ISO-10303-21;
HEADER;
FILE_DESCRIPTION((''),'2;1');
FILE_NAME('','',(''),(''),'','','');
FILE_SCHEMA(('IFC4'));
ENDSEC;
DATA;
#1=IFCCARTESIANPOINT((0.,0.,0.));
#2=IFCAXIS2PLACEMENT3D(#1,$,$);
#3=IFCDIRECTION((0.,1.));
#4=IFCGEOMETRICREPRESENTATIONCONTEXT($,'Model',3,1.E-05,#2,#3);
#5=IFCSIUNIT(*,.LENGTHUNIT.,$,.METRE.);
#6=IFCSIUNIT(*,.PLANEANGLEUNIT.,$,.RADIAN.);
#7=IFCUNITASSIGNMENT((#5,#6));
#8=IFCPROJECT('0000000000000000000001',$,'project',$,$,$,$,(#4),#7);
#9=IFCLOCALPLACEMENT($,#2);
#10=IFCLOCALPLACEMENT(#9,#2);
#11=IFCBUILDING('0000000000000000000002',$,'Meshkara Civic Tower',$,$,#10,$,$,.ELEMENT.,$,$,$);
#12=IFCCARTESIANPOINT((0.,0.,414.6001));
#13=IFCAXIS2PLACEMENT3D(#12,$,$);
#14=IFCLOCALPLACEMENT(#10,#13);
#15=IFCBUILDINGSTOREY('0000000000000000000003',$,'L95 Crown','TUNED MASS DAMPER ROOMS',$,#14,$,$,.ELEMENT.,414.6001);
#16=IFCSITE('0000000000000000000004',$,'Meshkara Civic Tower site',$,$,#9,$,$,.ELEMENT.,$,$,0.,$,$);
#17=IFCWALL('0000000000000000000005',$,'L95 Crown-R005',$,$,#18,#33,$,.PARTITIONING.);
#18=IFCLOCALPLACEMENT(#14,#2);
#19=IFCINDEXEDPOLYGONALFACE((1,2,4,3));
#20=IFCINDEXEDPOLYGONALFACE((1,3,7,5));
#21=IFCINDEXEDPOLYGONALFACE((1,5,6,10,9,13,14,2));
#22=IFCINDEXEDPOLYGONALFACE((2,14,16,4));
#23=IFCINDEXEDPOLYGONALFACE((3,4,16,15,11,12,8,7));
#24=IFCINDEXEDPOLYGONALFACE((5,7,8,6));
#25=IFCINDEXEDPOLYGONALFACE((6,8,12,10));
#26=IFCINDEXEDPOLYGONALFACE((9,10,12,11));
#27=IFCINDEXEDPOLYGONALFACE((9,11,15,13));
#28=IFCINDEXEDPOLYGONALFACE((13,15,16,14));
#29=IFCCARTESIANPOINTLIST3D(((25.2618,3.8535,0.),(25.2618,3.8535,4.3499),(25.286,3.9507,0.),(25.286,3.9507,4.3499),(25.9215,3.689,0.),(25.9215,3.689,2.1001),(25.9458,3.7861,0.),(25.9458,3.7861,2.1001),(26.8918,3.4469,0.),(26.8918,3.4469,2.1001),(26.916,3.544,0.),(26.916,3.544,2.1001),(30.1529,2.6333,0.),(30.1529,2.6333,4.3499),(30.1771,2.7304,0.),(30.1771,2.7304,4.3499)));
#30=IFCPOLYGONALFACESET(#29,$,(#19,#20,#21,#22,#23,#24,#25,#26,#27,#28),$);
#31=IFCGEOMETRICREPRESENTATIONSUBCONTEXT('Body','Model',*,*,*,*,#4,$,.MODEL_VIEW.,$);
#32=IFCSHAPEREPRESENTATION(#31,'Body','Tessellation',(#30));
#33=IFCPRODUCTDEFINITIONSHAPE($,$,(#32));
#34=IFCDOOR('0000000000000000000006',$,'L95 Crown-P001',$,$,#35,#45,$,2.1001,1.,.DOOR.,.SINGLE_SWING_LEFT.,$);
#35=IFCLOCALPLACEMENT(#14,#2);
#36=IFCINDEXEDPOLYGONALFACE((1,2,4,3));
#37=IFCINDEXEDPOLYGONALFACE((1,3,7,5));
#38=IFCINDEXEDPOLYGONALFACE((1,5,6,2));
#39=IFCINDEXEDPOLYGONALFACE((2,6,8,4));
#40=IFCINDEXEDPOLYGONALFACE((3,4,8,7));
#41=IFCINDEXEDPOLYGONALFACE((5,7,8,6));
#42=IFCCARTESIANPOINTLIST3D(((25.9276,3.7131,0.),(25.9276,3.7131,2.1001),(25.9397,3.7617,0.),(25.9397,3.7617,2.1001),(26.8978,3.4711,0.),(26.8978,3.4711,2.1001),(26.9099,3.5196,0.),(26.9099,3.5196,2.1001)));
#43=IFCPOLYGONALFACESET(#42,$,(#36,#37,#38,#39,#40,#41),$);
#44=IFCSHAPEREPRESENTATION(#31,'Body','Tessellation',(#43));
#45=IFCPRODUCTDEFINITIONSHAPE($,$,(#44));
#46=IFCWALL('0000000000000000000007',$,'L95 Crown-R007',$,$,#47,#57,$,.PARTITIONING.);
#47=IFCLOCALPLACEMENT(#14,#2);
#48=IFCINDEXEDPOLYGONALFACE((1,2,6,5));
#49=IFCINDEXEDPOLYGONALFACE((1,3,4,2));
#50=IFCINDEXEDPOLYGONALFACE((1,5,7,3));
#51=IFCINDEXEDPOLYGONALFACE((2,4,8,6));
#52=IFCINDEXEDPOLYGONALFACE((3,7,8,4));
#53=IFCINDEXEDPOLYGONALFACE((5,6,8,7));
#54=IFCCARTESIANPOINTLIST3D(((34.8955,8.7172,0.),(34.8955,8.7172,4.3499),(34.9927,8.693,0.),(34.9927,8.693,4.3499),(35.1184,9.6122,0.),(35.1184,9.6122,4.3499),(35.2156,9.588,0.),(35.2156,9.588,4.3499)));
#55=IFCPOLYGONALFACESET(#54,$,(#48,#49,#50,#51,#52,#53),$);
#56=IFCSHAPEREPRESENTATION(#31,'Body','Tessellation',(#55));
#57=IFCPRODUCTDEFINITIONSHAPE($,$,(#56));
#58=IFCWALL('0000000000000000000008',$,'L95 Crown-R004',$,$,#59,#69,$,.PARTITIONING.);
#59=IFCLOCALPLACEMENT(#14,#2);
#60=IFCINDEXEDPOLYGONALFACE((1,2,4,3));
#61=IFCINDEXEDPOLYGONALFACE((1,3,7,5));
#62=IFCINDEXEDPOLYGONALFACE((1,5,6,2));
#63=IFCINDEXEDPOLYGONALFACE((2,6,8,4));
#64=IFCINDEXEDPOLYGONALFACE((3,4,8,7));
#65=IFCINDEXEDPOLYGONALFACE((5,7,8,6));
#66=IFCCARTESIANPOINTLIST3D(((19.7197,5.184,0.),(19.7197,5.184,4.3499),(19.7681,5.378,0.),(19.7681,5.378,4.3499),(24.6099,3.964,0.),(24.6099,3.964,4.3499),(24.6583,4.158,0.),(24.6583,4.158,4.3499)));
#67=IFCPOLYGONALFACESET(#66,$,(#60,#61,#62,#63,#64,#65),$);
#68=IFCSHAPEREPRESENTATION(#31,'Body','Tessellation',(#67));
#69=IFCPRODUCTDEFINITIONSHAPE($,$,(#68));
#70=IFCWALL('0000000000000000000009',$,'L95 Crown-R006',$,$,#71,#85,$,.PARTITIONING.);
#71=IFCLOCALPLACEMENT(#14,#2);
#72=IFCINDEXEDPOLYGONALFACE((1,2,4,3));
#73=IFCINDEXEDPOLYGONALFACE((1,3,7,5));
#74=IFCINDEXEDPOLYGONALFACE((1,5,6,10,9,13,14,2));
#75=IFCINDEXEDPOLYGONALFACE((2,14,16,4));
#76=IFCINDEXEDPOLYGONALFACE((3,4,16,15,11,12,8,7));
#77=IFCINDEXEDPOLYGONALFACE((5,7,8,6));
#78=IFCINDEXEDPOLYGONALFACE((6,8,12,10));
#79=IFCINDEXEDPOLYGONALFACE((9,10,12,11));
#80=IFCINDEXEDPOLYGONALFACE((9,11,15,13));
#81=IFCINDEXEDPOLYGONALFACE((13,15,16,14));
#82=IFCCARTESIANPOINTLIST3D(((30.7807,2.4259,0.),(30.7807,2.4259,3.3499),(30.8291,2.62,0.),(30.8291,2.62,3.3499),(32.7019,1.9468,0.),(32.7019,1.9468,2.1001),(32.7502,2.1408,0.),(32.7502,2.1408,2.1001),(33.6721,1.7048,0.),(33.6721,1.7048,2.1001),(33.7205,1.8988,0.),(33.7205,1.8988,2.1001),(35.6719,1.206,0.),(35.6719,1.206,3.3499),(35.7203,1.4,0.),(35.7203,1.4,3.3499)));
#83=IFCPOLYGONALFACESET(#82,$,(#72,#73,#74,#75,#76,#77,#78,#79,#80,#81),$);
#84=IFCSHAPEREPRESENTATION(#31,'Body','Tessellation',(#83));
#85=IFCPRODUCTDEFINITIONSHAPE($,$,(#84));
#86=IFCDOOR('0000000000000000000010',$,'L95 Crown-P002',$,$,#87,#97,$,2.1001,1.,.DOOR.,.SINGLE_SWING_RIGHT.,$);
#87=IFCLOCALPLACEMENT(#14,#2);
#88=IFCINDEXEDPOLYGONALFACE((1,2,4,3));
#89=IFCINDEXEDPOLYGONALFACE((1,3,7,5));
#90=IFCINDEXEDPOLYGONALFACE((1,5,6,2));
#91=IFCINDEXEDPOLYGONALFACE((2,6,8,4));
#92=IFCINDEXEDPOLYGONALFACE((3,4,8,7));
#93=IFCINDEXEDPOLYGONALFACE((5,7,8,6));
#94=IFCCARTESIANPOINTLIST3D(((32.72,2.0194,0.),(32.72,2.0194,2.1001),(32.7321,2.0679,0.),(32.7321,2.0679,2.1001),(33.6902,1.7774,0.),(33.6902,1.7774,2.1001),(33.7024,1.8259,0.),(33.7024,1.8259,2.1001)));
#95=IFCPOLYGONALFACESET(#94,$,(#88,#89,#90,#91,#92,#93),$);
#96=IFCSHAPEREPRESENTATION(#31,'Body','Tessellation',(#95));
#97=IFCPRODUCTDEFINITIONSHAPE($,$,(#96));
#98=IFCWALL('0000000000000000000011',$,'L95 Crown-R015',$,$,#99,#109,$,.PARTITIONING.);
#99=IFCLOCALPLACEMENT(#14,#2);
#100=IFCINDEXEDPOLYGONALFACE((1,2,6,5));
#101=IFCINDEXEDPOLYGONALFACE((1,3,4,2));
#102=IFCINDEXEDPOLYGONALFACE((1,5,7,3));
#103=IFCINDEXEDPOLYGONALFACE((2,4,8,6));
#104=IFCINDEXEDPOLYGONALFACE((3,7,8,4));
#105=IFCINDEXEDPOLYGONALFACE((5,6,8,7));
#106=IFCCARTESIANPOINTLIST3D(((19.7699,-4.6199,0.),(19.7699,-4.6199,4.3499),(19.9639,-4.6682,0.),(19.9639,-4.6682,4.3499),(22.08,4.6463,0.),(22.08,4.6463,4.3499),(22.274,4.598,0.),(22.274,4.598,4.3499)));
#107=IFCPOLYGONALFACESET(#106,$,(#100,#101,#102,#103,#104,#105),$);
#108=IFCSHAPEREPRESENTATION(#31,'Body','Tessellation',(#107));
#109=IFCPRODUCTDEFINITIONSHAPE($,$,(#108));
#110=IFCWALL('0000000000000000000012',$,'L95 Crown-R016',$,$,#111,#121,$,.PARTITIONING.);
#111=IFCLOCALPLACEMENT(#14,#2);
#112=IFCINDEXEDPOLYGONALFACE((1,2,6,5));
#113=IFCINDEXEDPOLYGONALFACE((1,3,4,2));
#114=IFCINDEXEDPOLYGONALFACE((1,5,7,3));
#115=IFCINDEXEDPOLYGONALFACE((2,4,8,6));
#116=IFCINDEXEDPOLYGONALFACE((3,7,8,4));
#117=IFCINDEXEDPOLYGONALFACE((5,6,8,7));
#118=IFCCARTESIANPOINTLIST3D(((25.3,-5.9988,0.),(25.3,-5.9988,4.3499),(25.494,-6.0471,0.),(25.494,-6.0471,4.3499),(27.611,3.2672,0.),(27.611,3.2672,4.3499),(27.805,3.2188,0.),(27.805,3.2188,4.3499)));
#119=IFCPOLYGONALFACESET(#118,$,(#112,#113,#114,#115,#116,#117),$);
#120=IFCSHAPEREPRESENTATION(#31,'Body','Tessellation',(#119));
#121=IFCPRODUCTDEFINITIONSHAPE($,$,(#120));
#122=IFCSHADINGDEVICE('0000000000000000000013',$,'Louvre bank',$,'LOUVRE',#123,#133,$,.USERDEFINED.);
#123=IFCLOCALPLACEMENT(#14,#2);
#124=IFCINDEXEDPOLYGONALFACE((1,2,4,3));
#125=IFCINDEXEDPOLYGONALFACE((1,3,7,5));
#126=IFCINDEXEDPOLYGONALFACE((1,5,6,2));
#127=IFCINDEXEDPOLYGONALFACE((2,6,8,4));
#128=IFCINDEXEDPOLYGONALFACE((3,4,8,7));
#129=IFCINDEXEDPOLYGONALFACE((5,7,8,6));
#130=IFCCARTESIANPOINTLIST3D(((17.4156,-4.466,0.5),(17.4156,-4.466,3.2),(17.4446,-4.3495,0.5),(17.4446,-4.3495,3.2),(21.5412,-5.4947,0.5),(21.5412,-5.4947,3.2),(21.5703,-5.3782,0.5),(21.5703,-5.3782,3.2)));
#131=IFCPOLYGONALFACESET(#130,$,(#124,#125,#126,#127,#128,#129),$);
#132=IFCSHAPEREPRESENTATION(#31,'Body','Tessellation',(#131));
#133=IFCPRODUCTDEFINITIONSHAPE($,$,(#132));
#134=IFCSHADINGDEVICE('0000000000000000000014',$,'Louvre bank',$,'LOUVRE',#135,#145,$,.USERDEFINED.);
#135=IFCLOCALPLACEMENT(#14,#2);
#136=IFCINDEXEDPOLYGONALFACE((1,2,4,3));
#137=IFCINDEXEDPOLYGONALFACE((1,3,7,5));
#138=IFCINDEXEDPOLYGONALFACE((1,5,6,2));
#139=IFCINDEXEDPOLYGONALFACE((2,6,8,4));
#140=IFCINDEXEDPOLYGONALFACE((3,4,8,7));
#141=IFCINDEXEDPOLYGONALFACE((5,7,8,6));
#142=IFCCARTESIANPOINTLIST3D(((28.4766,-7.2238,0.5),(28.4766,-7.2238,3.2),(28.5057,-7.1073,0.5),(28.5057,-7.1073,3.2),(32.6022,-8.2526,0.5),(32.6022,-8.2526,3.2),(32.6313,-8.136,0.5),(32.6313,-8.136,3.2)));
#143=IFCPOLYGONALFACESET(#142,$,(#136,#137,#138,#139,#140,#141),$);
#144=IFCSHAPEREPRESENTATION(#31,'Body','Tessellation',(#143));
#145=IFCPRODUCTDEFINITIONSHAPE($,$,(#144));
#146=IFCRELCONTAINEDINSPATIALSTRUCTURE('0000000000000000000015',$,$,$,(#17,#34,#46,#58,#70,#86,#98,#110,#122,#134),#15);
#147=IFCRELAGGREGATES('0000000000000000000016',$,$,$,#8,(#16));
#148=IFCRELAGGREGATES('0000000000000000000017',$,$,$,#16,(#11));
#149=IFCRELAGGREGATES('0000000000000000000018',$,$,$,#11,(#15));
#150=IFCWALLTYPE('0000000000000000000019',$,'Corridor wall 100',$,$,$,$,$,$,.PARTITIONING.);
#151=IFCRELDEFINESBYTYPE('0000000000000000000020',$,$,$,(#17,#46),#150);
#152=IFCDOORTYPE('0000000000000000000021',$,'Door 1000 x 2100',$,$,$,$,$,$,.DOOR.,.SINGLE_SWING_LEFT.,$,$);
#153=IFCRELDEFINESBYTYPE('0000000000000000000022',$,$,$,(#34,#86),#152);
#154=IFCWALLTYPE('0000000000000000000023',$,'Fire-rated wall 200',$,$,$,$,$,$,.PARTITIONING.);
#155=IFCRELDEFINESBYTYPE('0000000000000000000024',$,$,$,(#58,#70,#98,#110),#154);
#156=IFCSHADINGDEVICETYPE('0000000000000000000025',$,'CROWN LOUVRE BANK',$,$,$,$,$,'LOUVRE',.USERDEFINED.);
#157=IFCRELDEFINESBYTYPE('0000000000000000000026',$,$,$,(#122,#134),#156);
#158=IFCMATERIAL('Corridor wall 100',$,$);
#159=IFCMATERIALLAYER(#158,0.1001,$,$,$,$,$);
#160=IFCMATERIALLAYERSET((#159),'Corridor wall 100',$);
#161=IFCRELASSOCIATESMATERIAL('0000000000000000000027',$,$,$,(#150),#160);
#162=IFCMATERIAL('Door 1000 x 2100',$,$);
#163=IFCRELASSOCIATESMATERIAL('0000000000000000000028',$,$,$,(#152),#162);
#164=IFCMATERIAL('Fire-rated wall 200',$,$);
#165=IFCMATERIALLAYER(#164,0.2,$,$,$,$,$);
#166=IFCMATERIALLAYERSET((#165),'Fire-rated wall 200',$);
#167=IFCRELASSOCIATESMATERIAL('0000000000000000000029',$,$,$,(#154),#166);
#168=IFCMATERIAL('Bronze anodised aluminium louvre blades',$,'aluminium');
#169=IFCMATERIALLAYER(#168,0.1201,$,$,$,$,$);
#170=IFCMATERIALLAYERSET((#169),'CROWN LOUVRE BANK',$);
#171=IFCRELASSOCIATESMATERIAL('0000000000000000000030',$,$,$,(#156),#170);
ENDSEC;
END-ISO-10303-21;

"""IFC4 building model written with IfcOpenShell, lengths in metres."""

from ifc_helpers import new_model, si_unit, direction, frame, frame_2d, origin, origin_2d, place, context, subcontext, project, spatial, rectangle, extrude, material, layer, layer_set, type_object, element, fill, save


model = new_model("IFC4")

# Units and contexts
model_context = context("Model", 3, precision=1e-05, world=origin(), true_north=direction((0.0, 1.0)))
body_context = subcontext(model_context, "Body", "Model", "MODEL_VIEW")
ifc_project = project(units=[si_unit("LENGTHUNIT", "METRE"), si_unit("PLANEANGLEUNIT", "RADIAN")], contexts=[model_context])

# Site, building, storey
site_placement = place(None, origin())
site = spatial("IfcSite", under=ifc_project, at=site_placement, Name="Meshkara Civic Tower site", CompositionType="ELEMENT", RefElevation=0.0)
building_placement = place(site_placement, origin())
building = spatial("IfcBuilding", under=site, at=building_placement, Name="Meshkara Civic Tower", CompositionType="ELEMENT")
storey_placement = place(building_placement, frame((0.0, 0.0, 414.6001)))
storey = spatial("IfcBuildingStorey", under=building, at=storey_placement, Name="L95 Crown", Description="TUNED MASS DAMPER ROOMS", CompositionType="ELEMENT", Elevation=414.6001)

# Wall, opening, door
ifc_material_1 = material(Name="Corridor wall 100")
ifc_layer_1 = layer(ifc_material_1, 0.1001)
ifc_layer_set_1 = layer_set([ifc_layer_1], Name="Corridor wall 100")
wall_type_1 = type_object("IfcWallType", Name="Corridor wall 100", PredefinedType="PARTITIONING", material=ifc_layer_set_1)
wall_1_placement = place(storey_placement, frame((25.2739, 3.9021, 0.0), z_axis=(0.0, 0.0, 1.0), x_axis=(0.970262, -0.242057, 0.0)))
wall_1 = element("IfcWall", 1, at=wall_1_placement, inside=storey, type_object=wall_type_1, Name="L95 Crown-R005", PredefinedType="PARTITIONING", context=body_context, shape_type="SweptSolid", body=[
    extrude(rectangle(XDim=5.041, YDim=0.1001, at=frame_2d((2.5205, 0.0))), origin(), (0.0, 0.0, 1.0), 4.3499),
])
opening_1_placement = place(wall_1_placement, frame((0.6799, 0.0, 0.0)))
opening_1 = element("IfcOpeningElement", 2, at=opening_1_placement, cuts=wall_1, PredefinedType="OPENING", context=body_context, shape_type="SweptSolid", body=[
    extrude(rectangle(XDim=1.0, YDim=2.1001, at=frame_2d((0.5, 1.05))), frame((0.0, 0.0601, 0.0), z_axis=(0.0, -1.0, 0.0), x_axis=(1.0, 0.0, 0.0)), (0.0, 0.0, 1.0), 0.1201),
])
ifc_material_2 = material(Name="Door 1000 x 2100")
door_type = type_object("IfcDoorType", Name="Door 1000 x 2100", OperationType="SINGLE_SWING_LEFT", PredefinedType="DOOR", material=ifc_material_2)
door_1_placement = place(opening_1_placement, origin())
door_1 = element("IfcDoor", 3, at=door_1_placement, inside=storey, type_object=door_type, Name="L95 Crown-P001", OperationType="SINGLE_SWING_LEFT", OverallHeight=2.1001, OverallWidth=1.0, PredefinedType="DOOR", context=body_context, shape_type="SweptSolid", body=[
    extrude(rectangle(XDim=1.0, YDim=2.1001, at=frame_2d((0.5, 1.05))), frame((0.0, 0.0249, 0.0), z_axis=(0.0, -1.0, 0.0), x_axis=(1.0, 0.0, 0.0)), (0.0, 0.0, 1.0), 0.05),
])
fill(opening_1, door_1)

# Walls
wall_2_placement = place(storey_placement, frame((34.9441, 8.7051, 0.0), z_axis=(0.0, 0.0, 1.0), x_axis=(0.241664, 0.97036, 0.0)))
element("IfcWall", 4, at=wall_2_placement, inside=storey, type_object=wall_type_1, Name="L95 Crown-R007", PredefinedType="PARTITIONING", context=body_context, shape_type="SweptSolid", body=[
    extrude(rectangle(XDim=0.9224, YDim=0.1001, at=frame_2d((0.4612, 0.0))), origin(), (0.0, 0.0, 1.0), 4.3499),
])
ifc_material_3 = material(Name="Fire-rated wall 200")
ifc_layer_2 = layer(ifc_material_3, 0.2)
ifc_layer_set_2 = layer_set([ifc_layer_2], Name="Fire-rated wall 200")
wall_type_2 = type_object("IfcWallType", Name="Fire-rated wall 200", PredefinedType="PARTITIONING", material=ifc_layer_set_2)
wall_3_placement = place(storey_placement, frame((19.7439, 5.281, 0.0), z_axis=(0.0, 0.0, 1.0), x_axis=(0.970262, -0.242057, 0.0)))
element("IfcWall", 5, at=wall_3_placement, inside=storey, type_object=wall_type_2, Name="L95 Crown-R004", PredefinedType="PARTITIONING", context=body_context, shape_type="SweptSolid", body=[
    extrude(rectangle(XDim=5.04, YDim=0.2, at=frame_2d((2.52, 0.0))), origin(), (0.0, 0.0, 1.0), 4.3499),
])

# Wall, opening, door
wall_4_placement = place(storey_placement, frame((30.8049, 2.5229, 0.0), z_axis=(0.0, 0.0, 1.0), x_axis=(0.970273, -0.242011, 0.0)))
wall_4 = element("IfcWall", 6, at=wall_4_placement, inside=storey, type_object=wall_type_2, Name="L95 Crown-R006", PredefinedType="PARTITIONING", context=body_context, shape_type="SweptSolid", body=[
    extrude(rectangle(XDim=5.041, YDim=0.2, at=frame_2d((2.5205, 0.0))), origin(), (0.0, 0.0, 1.0), 3.3499),
])
opening_2_placement = place(wall_4_placement, frame((1.98, 0.0, 0.0)))
opening_2 = element("IfcOpeningElement", 7, at=opening_2_placement, cuts=wall_4, PredefinedType="OPENING", context=body_context, shape_type="SweptSolid", body=[
    extrude(rectangle(XDim=1.0, YDim=2.1001, at=frame_2d((0.5, 1.05))), frame((0.0, 0.1099, 0.0), z_axis=(0.0, -1.0, 0.0), x_axis=(1.0, 0.0, 0.0)), (0.0, 0.0, 1.0), 0.22),
])
door_2_placement = place(opening_2_placement, origin())
door_2 = element("IfcDoor", 8, at=door_2_placement, inside=storey, type_object=door_type, Name="L95 Crown-P002", OperationType="SINGLE_SWING_RIGHT", OverallHeight=2.1001, OverallWidth=1.0, PredefinedType="DOOR", context=body_context, shape_type="SweptSolid", body=[
    extrude(rectangle(XDim=1.0, YDim=2.1001, at=frame_2d((0.5, 1.05))), frame((0.0, 0.0249, 0.0), z_axis=(0.0, -1.0, 0.0), x_axis=(1.0, 0.0, 0.0)), (0.0, 0.0, 1.0), 0.05),
])
fill(opening_2, door_2)

# Walls
for number, where, z_axis, x_axis, name in (
    (9, (19.8669, -4.644, 0.0), (0.0, 0.0, 1.0), (0.241898, 0.970302, 0.0), "L95 Crown-R015"),
    (10, (25.397, -6.0229, 0.0), (0.0, 0.0, 1.0), (0.242, 0.970276, 0.0), "L95 Crown-R016"),
):
    element("IfcWall", number, at=place(storey_placement, frame(where, z_axis=z_axis, x_axis=x_axis)), inside=storey, type_object=wall_type_2, Name=name, PredefinedType="PARTITIONING", context=body_context, shape_type="SweptSolid", body=[
        extrude(rectangle(XDim=9.5498, YDim=0.2, at=frame_2d((4.7749, 0.0))), origin(), (0.0, 0.0, 1.0), 4.3499),
    ])

# Shading devices
ifc_material_4 = material(Name="Bronze anodised aluminium louvre blades", Category="aluminium")
ifc_layer_3 = layer(ifc_material_4, 0.1201)
ifc_layer_set_3 = layer_set([ifc_layer_3], Name="CROWN LOUVRE BANK")
shading_device_type = type_object("IfcShadingDeviceType", Name="CROWN LOUVRE BANK", ElementType="LOUVRE", PredefinedType="USERDEFINED", material=ifc_layer_set_3)
for number, where, z_axis, x_axis, name in (
    (11, (19.4929, -4.9221, 0.5), (0.0, 0.0, 1.0), (0.970292, -0.241939, 0.0), "Louvre bank"),
    (12, (30.554, -7.6799, 0.5), (0.0, 0.0, 1.0), (0.970292, -0.241939, 0.0), "Louvre bank"),
):
    element("IfcShadingDevice", number, at=place(storey_placement, frame(where, z_axis=z_axis, x_axis=x_axis)), inside=storey, type_object=shading_device_type, Name=name, ObjectType="LOUVRE", PredefinedType="USERDEFINED", context=body_context, shape_type="SweptSolid", body=[
        extrude(rectangle(XDim=4.252, YDim=0.1201, at=origin_2d()), origin(), (0.0, 0.0, 1.0), 2.7),
    ])

save(model, "model.ifc")
